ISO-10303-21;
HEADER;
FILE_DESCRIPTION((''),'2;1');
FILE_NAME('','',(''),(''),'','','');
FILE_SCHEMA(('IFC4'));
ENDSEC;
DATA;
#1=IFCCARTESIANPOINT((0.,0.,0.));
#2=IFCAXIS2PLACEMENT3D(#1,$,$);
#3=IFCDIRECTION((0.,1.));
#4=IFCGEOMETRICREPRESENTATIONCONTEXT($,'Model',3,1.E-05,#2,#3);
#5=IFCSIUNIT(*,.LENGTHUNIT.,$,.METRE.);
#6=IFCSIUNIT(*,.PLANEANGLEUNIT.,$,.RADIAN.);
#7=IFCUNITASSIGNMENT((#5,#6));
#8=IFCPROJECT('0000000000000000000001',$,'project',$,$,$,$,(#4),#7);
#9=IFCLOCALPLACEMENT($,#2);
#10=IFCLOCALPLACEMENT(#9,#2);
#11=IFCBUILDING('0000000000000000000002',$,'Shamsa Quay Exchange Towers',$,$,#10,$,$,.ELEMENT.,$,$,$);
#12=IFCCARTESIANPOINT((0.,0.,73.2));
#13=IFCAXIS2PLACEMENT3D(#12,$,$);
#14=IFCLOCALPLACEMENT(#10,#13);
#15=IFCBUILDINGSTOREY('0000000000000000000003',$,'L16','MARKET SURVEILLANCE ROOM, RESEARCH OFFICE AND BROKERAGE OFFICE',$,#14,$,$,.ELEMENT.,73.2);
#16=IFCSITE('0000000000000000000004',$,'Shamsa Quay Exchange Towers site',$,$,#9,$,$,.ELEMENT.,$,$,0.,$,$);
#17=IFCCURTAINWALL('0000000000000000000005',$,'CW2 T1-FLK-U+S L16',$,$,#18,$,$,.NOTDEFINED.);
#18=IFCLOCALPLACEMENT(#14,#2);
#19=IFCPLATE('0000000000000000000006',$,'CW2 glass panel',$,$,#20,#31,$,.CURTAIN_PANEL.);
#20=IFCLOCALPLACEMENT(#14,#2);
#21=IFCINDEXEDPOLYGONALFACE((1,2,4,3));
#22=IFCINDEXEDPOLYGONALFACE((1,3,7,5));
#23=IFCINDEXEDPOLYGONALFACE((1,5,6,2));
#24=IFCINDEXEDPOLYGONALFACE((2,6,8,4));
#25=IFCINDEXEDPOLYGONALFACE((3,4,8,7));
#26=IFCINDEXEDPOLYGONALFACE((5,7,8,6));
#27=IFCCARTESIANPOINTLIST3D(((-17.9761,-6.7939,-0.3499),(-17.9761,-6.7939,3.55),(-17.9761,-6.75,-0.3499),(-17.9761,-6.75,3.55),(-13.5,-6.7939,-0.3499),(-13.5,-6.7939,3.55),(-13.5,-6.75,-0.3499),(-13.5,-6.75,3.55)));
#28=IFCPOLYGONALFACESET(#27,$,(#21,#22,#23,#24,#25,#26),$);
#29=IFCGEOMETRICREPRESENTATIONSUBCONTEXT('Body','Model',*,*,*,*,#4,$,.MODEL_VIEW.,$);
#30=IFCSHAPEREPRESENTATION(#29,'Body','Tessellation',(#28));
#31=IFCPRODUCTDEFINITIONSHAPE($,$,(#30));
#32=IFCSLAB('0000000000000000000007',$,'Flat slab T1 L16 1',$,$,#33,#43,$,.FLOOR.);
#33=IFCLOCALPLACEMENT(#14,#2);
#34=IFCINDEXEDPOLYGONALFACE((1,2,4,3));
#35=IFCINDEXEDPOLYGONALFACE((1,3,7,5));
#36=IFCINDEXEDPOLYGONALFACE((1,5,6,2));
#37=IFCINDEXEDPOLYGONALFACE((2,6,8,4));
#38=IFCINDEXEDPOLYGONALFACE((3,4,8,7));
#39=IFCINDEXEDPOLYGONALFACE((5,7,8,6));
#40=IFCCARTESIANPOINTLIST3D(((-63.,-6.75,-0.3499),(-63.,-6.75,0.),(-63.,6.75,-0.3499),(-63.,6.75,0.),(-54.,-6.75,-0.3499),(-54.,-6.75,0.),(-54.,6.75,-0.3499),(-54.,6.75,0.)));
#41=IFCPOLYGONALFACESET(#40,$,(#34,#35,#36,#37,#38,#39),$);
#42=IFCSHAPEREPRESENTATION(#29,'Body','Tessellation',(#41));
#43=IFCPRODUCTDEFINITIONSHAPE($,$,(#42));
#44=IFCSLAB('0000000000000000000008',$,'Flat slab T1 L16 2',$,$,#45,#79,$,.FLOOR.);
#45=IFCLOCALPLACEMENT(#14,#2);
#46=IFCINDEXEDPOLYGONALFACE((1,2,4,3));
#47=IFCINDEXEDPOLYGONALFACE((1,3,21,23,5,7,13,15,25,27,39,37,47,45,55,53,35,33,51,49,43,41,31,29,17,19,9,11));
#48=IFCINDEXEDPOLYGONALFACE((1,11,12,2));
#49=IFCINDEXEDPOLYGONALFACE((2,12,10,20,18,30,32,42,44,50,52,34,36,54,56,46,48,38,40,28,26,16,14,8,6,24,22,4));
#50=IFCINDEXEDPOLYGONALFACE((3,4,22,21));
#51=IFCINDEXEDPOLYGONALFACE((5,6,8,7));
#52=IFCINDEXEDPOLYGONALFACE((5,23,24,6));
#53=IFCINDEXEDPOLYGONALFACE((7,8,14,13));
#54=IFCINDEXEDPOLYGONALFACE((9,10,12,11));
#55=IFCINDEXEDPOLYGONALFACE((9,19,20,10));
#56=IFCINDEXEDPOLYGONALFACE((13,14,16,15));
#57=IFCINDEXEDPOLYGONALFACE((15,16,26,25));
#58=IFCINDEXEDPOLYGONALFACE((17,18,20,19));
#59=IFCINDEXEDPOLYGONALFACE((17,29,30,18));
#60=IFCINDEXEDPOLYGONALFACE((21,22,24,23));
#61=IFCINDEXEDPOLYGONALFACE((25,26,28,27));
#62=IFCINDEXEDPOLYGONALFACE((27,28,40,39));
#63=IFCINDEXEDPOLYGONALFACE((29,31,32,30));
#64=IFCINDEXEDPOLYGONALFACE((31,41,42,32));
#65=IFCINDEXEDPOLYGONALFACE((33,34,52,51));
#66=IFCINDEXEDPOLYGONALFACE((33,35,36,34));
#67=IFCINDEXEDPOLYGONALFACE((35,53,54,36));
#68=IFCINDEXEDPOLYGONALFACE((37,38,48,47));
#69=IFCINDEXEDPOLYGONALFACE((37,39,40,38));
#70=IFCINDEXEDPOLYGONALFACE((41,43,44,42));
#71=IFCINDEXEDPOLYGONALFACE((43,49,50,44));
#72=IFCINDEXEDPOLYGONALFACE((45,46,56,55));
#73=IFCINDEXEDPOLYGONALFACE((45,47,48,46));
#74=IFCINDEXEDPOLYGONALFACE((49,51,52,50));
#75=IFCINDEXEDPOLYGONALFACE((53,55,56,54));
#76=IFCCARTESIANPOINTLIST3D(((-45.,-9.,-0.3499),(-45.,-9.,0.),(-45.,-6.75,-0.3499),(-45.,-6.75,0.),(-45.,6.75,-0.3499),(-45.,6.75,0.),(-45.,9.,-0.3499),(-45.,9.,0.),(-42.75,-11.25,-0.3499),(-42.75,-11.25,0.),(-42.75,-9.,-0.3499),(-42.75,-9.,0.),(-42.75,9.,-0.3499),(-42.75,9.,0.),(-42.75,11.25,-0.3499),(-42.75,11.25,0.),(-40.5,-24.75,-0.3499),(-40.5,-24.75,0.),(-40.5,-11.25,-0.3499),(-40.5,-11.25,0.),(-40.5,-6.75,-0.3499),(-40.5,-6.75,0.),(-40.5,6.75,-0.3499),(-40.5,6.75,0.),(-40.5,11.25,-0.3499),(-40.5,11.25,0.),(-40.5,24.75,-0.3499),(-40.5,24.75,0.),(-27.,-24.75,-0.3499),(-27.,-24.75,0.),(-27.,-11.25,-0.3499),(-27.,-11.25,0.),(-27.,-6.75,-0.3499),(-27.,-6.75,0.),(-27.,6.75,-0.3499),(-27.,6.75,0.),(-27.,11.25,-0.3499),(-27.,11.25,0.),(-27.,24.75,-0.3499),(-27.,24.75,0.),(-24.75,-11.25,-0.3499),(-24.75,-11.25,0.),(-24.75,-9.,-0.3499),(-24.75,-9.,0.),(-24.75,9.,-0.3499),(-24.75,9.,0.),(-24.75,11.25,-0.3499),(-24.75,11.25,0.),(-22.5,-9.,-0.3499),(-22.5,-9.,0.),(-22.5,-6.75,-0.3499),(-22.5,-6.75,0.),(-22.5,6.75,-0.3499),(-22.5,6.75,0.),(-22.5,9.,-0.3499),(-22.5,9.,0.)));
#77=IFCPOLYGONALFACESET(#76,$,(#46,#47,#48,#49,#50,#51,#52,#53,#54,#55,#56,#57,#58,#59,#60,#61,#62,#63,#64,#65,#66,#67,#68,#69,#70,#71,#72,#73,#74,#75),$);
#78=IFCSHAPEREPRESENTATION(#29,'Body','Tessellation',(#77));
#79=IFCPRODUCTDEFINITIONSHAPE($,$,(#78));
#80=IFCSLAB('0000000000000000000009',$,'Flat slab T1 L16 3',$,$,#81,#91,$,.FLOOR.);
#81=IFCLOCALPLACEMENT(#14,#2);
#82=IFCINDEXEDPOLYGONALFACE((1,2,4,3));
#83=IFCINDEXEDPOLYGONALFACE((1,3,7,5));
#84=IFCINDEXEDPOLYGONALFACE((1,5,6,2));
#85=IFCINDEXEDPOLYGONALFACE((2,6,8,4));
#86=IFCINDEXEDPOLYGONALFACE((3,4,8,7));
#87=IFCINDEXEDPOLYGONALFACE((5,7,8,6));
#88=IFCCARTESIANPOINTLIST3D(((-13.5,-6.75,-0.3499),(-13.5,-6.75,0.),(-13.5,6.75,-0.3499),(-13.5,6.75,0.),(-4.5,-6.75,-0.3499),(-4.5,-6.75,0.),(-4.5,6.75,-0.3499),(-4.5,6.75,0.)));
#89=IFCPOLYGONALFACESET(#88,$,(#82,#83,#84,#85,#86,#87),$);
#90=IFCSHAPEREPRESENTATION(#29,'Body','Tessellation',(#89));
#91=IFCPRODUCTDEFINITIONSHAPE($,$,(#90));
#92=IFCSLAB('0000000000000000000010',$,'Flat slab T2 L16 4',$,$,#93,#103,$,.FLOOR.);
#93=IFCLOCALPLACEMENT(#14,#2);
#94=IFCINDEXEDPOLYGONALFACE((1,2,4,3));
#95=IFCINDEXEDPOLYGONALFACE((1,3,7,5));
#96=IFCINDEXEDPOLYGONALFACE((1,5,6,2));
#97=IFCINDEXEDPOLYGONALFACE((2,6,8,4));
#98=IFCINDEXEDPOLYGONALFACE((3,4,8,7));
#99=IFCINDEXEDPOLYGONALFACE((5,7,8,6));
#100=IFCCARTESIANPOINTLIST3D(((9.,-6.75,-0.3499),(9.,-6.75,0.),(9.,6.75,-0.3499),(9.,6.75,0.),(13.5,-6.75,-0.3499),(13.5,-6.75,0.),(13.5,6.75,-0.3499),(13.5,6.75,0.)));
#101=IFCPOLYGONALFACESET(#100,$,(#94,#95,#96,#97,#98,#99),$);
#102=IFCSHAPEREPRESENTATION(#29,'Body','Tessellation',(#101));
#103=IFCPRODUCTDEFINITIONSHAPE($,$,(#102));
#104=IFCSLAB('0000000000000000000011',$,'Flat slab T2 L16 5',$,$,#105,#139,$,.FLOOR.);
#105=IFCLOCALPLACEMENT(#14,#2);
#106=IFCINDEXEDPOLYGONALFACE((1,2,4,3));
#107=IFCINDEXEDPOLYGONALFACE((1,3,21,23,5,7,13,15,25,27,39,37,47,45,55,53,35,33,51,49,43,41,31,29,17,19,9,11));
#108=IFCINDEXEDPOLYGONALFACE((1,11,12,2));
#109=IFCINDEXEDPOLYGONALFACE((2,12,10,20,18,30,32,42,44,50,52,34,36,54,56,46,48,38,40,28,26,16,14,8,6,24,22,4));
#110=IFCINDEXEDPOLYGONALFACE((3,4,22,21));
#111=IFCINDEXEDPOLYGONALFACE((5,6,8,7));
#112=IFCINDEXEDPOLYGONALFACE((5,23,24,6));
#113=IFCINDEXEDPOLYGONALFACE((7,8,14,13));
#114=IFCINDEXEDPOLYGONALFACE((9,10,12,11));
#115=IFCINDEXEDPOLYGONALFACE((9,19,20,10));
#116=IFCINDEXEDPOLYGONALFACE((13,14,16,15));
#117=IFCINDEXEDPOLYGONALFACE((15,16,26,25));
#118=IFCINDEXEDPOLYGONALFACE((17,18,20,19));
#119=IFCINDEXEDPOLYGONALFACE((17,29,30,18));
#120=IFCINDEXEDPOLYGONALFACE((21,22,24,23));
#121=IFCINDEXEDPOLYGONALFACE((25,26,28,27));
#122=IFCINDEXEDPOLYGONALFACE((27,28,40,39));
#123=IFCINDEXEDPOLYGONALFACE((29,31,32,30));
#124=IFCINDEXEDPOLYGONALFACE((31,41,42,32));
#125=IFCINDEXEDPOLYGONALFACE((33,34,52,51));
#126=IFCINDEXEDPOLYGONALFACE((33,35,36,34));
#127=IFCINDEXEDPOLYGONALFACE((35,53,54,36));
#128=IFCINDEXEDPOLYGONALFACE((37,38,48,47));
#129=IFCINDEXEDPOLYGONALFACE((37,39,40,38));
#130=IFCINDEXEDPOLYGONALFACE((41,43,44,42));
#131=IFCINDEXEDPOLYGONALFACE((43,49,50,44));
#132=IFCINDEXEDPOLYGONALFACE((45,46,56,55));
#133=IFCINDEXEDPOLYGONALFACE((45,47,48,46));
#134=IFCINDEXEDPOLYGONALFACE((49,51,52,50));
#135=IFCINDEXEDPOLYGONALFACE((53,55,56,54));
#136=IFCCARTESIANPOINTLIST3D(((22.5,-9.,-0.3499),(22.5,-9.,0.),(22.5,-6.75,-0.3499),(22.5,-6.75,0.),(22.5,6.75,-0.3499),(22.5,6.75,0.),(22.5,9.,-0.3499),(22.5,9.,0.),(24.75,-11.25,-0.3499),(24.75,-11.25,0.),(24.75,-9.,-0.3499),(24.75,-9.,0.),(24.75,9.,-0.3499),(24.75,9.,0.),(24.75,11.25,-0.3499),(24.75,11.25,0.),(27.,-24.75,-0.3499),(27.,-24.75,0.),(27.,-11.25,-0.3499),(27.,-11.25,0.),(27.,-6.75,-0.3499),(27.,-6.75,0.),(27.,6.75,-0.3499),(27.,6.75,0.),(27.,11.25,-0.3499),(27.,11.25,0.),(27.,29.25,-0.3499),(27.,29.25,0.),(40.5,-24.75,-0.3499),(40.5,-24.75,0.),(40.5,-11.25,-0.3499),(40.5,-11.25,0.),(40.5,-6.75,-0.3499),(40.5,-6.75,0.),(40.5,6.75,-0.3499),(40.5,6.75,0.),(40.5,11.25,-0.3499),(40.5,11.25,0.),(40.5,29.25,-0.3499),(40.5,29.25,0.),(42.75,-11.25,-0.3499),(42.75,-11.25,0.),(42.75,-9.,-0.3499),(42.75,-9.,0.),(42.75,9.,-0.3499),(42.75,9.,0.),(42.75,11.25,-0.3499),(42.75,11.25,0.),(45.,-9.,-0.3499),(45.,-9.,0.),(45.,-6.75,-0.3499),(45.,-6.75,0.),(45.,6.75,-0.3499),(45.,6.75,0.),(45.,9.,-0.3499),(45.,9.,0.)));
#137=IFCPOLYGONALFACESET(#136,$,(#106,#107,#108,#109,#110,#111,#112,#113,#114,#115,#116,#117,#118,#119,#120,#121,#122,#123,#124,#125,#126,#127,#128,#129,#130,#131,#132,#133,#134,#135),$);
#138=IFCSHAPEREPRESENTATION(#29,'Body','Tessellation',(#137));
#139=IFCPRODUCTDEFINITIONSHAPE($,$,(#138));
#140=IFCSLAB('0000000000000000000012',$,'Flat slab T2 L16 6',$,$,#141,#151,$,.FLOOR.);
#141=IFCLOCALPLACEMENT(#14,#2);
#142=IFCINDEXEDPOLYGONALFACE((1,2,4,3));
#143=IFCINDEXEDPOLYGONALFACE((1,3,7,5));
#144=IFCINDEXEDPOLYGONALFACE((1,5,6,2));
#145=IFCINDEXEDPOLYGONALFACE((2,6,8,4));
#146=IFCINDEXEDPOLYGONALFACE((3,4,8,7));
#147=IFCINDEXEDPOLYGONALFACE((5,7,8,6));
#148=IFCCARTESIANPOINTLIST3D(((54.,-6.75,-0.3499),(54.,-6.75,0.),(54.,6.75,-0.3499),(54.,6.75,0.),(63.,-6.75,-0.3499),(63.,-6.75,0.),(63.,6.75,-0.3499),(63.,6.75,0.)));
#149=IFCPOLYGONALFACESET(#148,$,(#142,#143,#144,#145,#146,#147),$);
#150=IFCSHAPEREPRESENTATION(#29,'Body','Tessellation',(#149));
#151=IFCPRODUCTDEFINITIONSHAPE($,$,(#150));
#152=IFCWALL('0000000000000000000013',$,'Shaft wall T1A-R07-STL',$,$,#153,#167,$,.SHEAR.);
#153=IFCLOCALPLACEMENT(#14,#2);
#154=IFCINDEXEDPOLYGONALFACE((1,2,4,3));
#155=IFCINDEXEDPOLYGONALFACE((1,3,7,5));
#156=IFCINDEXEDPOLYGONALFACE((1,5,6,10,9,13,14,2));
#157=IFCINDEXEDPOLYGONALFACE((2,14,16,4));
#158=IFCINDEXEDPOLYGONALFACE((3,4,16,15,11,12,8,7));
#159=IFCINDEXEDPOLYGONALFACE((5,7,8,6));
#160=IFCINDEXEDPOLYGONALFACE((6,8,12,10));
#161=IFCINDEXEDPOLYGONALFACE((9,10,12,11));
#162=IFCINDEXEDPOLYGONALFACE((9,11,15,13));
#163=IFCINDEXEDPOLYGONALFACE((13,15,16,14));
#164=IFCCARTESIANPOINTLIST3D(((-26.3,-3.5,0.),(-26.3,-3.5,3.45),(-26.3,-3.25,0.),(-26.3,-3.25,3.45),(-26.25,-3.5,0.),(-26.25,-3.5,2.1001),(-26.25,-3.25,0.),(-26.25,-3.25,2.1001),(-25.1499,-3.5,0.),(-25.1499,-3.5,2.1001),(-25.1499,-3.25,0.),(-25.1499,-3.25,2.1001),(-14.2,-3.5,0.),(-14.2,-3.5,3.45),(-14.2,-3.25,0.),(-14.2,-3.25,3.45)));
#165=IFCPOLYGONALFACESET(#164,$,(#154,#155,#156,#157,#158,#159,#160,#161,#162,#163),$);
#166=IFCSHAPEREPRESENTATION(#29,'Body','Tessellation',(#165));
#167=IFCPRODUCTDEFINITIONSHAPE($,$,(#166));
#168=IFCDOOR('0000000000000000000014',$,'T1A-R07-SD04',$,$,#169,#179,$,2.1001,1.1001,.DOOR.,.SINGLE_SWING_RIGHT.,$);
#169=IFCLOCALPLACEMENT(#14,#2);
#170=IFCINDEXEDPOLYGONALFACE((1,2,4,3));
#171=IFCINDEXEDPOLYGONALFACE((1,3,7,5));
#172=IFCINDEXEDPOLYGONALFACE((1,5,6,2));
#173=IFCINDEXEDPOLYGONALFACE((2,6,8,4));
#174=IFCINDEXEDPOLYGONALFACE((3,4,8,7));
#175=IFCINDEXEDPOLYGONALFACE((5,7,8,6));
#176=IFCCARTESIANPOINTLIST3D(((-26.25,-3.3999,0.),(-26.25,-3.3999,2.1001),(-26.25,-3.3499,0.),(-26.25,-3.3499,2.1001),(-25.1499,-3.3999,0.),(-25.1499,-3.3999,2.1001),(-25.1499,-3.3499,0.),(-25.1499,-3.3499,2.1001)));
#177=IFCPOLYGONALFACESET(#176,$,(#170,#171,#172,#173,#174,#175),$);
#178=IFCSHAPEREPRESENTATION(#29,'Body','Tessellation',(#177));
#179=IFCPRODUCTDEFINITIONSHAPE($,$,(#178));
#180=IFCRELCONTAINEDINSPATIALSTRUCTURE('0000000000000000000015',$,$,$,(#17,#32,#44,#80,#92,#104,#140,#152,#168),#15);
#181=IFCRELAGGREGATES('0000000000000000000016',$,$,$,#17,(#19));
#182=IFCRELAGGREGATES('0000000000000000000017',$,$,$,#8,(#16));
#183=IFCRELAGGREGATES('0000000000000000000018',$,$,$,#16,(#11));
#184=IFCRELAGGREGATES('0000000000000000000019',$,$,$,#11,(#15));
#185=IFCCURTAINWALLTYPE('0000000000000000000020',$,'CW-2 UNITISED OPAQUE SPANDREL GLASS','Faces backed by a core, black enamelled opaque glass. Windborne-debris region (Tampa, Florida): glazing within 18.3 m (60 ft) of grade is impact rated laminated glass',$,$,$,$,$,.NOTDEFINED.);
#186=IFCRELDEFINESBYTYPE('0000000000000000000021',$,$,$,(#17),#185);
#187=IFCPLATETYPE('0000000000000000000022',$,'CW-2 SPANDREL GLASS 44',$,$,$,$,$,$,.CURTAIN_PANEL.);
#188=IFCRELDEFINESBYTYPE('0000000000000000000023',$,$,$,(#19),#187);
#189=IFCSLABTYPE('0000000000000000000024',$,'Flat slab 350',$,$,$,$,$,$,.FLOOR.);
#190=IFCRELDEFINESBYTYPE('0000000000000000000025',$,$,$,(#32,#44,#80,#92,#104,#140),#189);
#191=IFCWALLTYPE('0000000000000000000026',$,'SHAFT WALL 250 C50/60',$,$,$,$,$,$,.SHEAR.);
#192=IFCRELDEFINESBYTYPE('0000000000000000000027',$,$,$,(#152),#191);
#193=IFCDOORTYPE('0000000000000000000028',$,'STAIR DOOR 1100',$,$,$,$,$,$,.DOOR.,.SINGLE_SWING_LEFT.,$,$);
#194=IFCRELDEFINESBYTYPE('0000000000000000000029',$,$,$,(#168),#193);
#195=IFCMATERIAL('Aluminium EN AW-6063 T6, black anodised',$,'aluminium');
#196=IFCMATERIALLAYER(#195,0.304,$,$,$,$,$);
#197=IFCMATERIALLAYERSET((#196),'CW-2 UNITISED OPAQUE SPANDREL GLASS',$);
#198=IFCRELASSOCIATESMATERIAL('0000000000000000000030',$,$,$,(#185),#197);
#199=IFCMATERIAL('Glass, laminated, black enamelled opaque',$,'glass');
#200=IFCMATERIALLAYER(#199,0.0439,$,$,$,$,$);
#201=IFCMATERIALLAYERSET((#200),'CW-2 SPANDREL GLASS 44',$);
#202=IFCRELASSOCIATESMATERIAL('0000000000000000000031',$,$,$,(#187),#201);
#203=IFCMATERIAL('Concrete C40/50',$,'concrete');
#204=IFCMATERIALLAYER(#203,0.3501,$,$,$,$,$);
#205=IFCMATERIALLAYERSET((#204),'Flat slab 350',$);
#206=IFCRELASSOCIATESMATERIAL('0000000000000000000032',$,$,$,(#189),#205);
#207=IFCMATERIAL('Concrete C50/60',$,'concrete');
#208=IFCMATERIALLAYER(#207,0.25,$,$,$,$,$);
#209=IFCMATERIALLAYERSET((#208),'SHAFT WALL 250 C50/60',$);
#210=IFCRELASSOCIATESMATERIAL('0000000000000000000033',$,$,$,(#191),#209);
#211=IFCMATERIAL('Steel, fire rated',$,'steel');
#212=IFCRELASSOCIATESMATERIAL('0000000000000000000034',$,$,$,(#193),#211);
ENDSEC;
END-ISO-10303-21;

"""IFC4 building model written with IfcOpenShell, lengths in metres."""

from ifc_helpers import new_model, si_unit, direction, frame, frame_2d, origin, origin_2d, place, context, subcontext, project, spatial, polyline, rectangle, outline, extrude, material, layer, layer_set, type_object, element, fill, aggregate, save


model = new_model("IFC4")

# Units and contexts
model_context = context("Model", 3, precision=1e-05, world=origin(), true_north=direction((0.0, 1.0)))
body_context = subcontext(model_context, "Body", "Model", "MODEL_VIEW")
ifc_project = project(units=[si_unit("LENGTHUNIT", "METRE"), si_unit("PLANEANGLEUNIT", "RADIAN")], contexts=[model_context])

# Site, building, storey
site_placement = place(None, origin())
site = spatial("IfcSite", under=ifc_project, at=site_placement, Name="Shamsa Quay Exchange Towers site", CompositionType="ELEMENT", RefElevation=0.0)
building_placement = place(site_placement, origin())
building = spatial("IfcBuilding", under=site, at=building_placement, Name="Shamsa Quay Exchange Towers", CompositionType="ELEMENT")
storey_placement = place(building_placement, frame((0.0, 0.0, 73.2)))
storey = spatial("IfcBuildingStorey", under=building, at=storey_placement, Name="L16", Description="MARKET SURVEILLANCE ROOM, RESEARCH OFFICE AND BROKERAGE OFFICE", CompositionType="ELEMENT", Elevation=73.2)

# Shared definitions
ifc_material_1 = material(Name="Aluminium EN AW-6063 T6, black anodised", Category="aluminium")

# Curtain wall, plate
ifc_layer_1 = layer(ifc_material_1, 0.304)
ifc_layer_set_1 = layer_set([ifc_layer_1], Name="CW-2 UNITISED OPAQUE SPANDREL GLASS")
curtain_wall_type_1 = type_object("IfcCurtainWallType", Name="CW-2 UNITISED OPAQUE SPANDREL GLASS", Description="Faces backed by a core, black enamelled opaque glass. Windborne-debris region (Tampa, Florida): glazing within 18.3 m (60 ft) of grade is impact rated laminated glass", PredefinedType="NOTDEFINED", material=ifc_layer_set_1)
curtain_wall_1_placement = place(storey_placement, origin())
curtain_wall_1 = element("IfcCurtainWall", 1, at=curtain_wall_1_placement, inside=storey, type_object=curtain_wall_type_1, Name="CW2 T1-FLK-U+S L16", PredefinedType="NOTDEFINED")
ifc_material_2 = material(Name="Glass, laminated, black enamelled opaque", Category="glass")
ifc_layer_2 = layer(ifc_material_2, 0.0439)
ifc_layer_set_2 = layer_set([ifc_layer_2], Name="CW-2 SPANDREL GLASS 44")
plate_type_1 = type_object("IfcPlateType", Name="CW-2 SPANDREL GLASS 44", PredefinedType="CURTAIN_PANEL", material=ifc_layer_set_2)
plate_1_placement = place(storey_placement, frame((-15.738, -6.772, -0.3499)))
plate_1 = element("IfcPlate", 2, at=plate_1_placement, type_object=plate_type_1, Name="CW2 glass panel", PredefinedType="CURTAIN_PANEL", context=body_context, shape_type="SweptSolid", body=[
    extrude(rectangle(XDim=4.4761, YDim=0.0439, at=origin_2d()), origin(), (0.0, 0.0, 1.0), 3.8999),
])
aggregate(curtain_wall_1, [plate_1])

# Slabs
ifc_material_3 = material(Name="Concrete C40/50", Category="concrete")
ifc_layer_3 = layer(ifc_material_3, 0.3501)
ifc_layer_set_3 = layer_set([ifc_layer_3], Name="Flat slab 350")
slab_type_1 = type_object("IfcSlabType", Name="Flat slab 350", PredefinedType="FLOOR", material=ifc_layer_set_3)
slab_1_placement = place(storey_placement, frame((0.0, 0.0, -0.3499)))
element("IfcSlab", 3, at=slab_1_placement, inside=storey, type_object=slab_type_1, Name="Flat slab T1 L16 1", PredefinedType="FLOOR", context=body_context, shape_type="SweptSolid", body=[
    extrude(outline(polyline([(-63.0, -6.75), (-54.0, -6.75), (-54.0, 6.75), (-63.0, 6.75), (-63.0, -6.75)])), origin(), (0.0, 0.0, 1.0), 0.3499),
])
slab_2_placement = place(storey_placement, frame((0.0, 0.0, -0.3499)))
element("IfcSlab", 4, at=slab_2_placement, inside=storey, type_object=slab_type_1, Name="Flat slab T1 L16 2", PredefinedType="FLOOR", context=body_context, shape_type="SweptSolid", body=[
    extrude(outline(polyline([(-22.5, -9.0), (-22.5, -6.75), (-27.0, -6.75), (-27.0, 6.75), (-22.5, 6.75), (-22.5, 9.0), (-24.75, 9.0), (-24.75, 11.25), (-27.0, 11.25), (-27.0, 24.75), (-40.5, 24.75), (-40.5, 11.25), (-42.75, 11.25), (-42.75, 9.0), (-45.0, 9.0), (-45.0, 6.75), (-40.5, 6.75), (-40.5, -6.75), (-45.0, -6.75), (-45.0, -9.0), (-42.75, -9.0), (-42.75, -11.25), (-40.5, -11.25), (-40.5, -24.75), (-27.0, -24.75), (-27.0, -11.25), (-24.75, -11.25), (-24.75, -9.0), (-22.5, -9.0)])), origin(), (0.0, 0.0, 1.0), 0.3499),
])
slab_3_placement = place(storey_placement, frame((0.0, 0.0, -0.3499)))
element("IfcSlab", 5, at=slab_3_placement, inside=storey, type_object=slab_type_1, Name="Flat slab T1 L16 3", PredefinedType="FLOOR", context=body_context, shape_type="SweptSolid", body=[
    extrude(outline(polyline([(-4.5, 6.75), (-13.5, 6.75), (-13.5, -6.75), (-4.5, -6.75), (-4.5, 6.75)])), origin(), (0.0, 0.0, 1.0), 0.3499),
])
slab_4_placement = place(storey_placement, frame((0.0, 0.0, -0.3499)))
element("IfcSlab", 6, at=slab_4_placement, inside=storey, type_object=slab_type_1, Name="Flat slab T2 L16 4", PredefinedType="FLOOR", context=body_context, shape_type="SweptSolid", body=[
    extrude(outline(polyline([(9.0, -6.75), (13.5, -6.75), (13.5, 6.75), (9.0, 6.75), (9.0, -6.75)])), origin(), (0.0, 0.0, 1.0), 0.3499),
])
slab_5_placement = place(storey_placement, frame((0.0, 0.0, -0.3499)))
element("IfcSlab", 7, at=slab_5_placement, inside=storey, type_object=slab_type_1, Name="Flat slab T2 L16 5", PredefinedType="FLOOR", context=body_context, shape_type="SweptSolid", body=[
    extrude(outline(polyline([(45.0, -9.0), (45.0, -6.75), (40.5, -6.75), (40.5, 6.75), (45.0, 6.75), (45.0, 9.0), (42.75, 9.0), (42.75, 11.25), (40.5, 11.25), (40.5, 29.25), (27.0, 29.25), (27.0, 11.25), (24.75, 11.25), (24.75, 9.0), (22.5, 9.0), (22.5, 6.75), (27.0, 6.75), (27.0, -6.75), (22.5, -6.75), (22.5, -9.0), (24.75, -9.0), (24.75, -11.25), (27.0, -11.25), (27.0, -24.75), (40.5, -24.75), (40.5, -11.25), (42.75, -11.25), (42.75, -9.0), (45.0, -9.0)])), origin(), (0.0, 0.0, 1.0), 0.3499),
])
slab_6_placement = place(storey_placement, frame((0.0, 0.0, -0.3499)))
element("IfcSlab", 8, at=slab_6_placement, inside=storey, type_object=slab_type_1, Name="Flat slab T2 L16 6", PredefinedType="FLOOR", context=body_context, shape_type="SweptSolid", body=[
    extrude(outline(polyline([(63.0, 6.75), (54.0, 6.75), (54.0, -6.75), (63.0, -6.75), (63.0, 6.75)])), origin(), (0.0, 0.0, 1.0), 0.3499),
])

# Wall, opening, door
ifc_material_4 = material(Name="Concrete C50/60", Category="concrete")
ifc_layer_4 = layer(ifc_material_4, 0.25)
ifc_layer_set_4 = layer_set([ifc_layer_4], Name="SHAFT WALL 250 C50/60")
wall_type = type_object("IfcWallType", Name="SHAFT WALL 250 C50/60", PredefinedType="SHEAR", material=ifc_layer_set_4)
wall_1_placement = place(storey_placement, frame((-14.2, -3.375, 0.0), z_axis=(0.0, 0.0, 1.0), x_axis=(-1.0, 0.0, 0.0)))
wall_1 = element("IfcWall", 9, at=wall_1_placement, inside=storey, type_object=wall_type, Name="Shaft wall T1A-R07-STL", PredefinedType="SHEAR", context=body_context, shape_type="SweptSolid", body=[
    extrude(rectangle(XDim=12.1001, YDim=0.25, at=frame_2d((6.05, 0.0))), origin(), (0.0, 0.0, 1.0), 3.45),
])
opening_1_placement = place(wall_1_placement, frame((10.95, 0.0, 0.0)))
opening_1 = element("IfcOpeningElement", 10, at=opening_1_placement, cuts=wall_1, PredefinedType="OPENING", context=body_context, shape_type="SweptSolid", body=[
    extrude(rectangle(XDim=1.1001, YDim=2.1001, at=frame_2d((0.55, 1.05))), frame((0.0, 0.135, 0.0), z_axis=(0.0, -1.0, 0.0), x_axis=(1.0, 0.0, 0.0)), (0.0, 0.0, 1.0), 0.27),
])
ifc_material_5 = material(Name="Steel, fire rated", Category="steel")
door_type_1 = type_object("IfcDoorType", Name="STAIR DOOR 1100", OperationType="SINGLE_SWING_LEFT", PredefinedType="DOOR", material=ifc_material_5)
door_1_placement = place(opening_1_placement, origin())
door_1 = element("IfcDoor", 11, at=door_1_placement, inside=storey, type_object=door_type_1, Name="T1A-R07-SD04", OperationType="SINGLE_SWING_RIGHT", OverallHeight=2.1001, OverallWidth=1.1001, PredefinedType="DOOR", context=body_context, shape_type="SweptSolid", body=[
    extrude(rectangle(XDim=1.1001, YDim=2.1001, at=frame_2d((0.55, 1.05))), frame((0.0, 0.0249, 0.0), z_axis=(0.0, -1.0, 0.0), x_axis=(1.0, 0.0, 0.0)), (0.0, 0.0, 1.0), 0.05),
])
fill(opening_1, door_1)

save(model, "model.ifc")
